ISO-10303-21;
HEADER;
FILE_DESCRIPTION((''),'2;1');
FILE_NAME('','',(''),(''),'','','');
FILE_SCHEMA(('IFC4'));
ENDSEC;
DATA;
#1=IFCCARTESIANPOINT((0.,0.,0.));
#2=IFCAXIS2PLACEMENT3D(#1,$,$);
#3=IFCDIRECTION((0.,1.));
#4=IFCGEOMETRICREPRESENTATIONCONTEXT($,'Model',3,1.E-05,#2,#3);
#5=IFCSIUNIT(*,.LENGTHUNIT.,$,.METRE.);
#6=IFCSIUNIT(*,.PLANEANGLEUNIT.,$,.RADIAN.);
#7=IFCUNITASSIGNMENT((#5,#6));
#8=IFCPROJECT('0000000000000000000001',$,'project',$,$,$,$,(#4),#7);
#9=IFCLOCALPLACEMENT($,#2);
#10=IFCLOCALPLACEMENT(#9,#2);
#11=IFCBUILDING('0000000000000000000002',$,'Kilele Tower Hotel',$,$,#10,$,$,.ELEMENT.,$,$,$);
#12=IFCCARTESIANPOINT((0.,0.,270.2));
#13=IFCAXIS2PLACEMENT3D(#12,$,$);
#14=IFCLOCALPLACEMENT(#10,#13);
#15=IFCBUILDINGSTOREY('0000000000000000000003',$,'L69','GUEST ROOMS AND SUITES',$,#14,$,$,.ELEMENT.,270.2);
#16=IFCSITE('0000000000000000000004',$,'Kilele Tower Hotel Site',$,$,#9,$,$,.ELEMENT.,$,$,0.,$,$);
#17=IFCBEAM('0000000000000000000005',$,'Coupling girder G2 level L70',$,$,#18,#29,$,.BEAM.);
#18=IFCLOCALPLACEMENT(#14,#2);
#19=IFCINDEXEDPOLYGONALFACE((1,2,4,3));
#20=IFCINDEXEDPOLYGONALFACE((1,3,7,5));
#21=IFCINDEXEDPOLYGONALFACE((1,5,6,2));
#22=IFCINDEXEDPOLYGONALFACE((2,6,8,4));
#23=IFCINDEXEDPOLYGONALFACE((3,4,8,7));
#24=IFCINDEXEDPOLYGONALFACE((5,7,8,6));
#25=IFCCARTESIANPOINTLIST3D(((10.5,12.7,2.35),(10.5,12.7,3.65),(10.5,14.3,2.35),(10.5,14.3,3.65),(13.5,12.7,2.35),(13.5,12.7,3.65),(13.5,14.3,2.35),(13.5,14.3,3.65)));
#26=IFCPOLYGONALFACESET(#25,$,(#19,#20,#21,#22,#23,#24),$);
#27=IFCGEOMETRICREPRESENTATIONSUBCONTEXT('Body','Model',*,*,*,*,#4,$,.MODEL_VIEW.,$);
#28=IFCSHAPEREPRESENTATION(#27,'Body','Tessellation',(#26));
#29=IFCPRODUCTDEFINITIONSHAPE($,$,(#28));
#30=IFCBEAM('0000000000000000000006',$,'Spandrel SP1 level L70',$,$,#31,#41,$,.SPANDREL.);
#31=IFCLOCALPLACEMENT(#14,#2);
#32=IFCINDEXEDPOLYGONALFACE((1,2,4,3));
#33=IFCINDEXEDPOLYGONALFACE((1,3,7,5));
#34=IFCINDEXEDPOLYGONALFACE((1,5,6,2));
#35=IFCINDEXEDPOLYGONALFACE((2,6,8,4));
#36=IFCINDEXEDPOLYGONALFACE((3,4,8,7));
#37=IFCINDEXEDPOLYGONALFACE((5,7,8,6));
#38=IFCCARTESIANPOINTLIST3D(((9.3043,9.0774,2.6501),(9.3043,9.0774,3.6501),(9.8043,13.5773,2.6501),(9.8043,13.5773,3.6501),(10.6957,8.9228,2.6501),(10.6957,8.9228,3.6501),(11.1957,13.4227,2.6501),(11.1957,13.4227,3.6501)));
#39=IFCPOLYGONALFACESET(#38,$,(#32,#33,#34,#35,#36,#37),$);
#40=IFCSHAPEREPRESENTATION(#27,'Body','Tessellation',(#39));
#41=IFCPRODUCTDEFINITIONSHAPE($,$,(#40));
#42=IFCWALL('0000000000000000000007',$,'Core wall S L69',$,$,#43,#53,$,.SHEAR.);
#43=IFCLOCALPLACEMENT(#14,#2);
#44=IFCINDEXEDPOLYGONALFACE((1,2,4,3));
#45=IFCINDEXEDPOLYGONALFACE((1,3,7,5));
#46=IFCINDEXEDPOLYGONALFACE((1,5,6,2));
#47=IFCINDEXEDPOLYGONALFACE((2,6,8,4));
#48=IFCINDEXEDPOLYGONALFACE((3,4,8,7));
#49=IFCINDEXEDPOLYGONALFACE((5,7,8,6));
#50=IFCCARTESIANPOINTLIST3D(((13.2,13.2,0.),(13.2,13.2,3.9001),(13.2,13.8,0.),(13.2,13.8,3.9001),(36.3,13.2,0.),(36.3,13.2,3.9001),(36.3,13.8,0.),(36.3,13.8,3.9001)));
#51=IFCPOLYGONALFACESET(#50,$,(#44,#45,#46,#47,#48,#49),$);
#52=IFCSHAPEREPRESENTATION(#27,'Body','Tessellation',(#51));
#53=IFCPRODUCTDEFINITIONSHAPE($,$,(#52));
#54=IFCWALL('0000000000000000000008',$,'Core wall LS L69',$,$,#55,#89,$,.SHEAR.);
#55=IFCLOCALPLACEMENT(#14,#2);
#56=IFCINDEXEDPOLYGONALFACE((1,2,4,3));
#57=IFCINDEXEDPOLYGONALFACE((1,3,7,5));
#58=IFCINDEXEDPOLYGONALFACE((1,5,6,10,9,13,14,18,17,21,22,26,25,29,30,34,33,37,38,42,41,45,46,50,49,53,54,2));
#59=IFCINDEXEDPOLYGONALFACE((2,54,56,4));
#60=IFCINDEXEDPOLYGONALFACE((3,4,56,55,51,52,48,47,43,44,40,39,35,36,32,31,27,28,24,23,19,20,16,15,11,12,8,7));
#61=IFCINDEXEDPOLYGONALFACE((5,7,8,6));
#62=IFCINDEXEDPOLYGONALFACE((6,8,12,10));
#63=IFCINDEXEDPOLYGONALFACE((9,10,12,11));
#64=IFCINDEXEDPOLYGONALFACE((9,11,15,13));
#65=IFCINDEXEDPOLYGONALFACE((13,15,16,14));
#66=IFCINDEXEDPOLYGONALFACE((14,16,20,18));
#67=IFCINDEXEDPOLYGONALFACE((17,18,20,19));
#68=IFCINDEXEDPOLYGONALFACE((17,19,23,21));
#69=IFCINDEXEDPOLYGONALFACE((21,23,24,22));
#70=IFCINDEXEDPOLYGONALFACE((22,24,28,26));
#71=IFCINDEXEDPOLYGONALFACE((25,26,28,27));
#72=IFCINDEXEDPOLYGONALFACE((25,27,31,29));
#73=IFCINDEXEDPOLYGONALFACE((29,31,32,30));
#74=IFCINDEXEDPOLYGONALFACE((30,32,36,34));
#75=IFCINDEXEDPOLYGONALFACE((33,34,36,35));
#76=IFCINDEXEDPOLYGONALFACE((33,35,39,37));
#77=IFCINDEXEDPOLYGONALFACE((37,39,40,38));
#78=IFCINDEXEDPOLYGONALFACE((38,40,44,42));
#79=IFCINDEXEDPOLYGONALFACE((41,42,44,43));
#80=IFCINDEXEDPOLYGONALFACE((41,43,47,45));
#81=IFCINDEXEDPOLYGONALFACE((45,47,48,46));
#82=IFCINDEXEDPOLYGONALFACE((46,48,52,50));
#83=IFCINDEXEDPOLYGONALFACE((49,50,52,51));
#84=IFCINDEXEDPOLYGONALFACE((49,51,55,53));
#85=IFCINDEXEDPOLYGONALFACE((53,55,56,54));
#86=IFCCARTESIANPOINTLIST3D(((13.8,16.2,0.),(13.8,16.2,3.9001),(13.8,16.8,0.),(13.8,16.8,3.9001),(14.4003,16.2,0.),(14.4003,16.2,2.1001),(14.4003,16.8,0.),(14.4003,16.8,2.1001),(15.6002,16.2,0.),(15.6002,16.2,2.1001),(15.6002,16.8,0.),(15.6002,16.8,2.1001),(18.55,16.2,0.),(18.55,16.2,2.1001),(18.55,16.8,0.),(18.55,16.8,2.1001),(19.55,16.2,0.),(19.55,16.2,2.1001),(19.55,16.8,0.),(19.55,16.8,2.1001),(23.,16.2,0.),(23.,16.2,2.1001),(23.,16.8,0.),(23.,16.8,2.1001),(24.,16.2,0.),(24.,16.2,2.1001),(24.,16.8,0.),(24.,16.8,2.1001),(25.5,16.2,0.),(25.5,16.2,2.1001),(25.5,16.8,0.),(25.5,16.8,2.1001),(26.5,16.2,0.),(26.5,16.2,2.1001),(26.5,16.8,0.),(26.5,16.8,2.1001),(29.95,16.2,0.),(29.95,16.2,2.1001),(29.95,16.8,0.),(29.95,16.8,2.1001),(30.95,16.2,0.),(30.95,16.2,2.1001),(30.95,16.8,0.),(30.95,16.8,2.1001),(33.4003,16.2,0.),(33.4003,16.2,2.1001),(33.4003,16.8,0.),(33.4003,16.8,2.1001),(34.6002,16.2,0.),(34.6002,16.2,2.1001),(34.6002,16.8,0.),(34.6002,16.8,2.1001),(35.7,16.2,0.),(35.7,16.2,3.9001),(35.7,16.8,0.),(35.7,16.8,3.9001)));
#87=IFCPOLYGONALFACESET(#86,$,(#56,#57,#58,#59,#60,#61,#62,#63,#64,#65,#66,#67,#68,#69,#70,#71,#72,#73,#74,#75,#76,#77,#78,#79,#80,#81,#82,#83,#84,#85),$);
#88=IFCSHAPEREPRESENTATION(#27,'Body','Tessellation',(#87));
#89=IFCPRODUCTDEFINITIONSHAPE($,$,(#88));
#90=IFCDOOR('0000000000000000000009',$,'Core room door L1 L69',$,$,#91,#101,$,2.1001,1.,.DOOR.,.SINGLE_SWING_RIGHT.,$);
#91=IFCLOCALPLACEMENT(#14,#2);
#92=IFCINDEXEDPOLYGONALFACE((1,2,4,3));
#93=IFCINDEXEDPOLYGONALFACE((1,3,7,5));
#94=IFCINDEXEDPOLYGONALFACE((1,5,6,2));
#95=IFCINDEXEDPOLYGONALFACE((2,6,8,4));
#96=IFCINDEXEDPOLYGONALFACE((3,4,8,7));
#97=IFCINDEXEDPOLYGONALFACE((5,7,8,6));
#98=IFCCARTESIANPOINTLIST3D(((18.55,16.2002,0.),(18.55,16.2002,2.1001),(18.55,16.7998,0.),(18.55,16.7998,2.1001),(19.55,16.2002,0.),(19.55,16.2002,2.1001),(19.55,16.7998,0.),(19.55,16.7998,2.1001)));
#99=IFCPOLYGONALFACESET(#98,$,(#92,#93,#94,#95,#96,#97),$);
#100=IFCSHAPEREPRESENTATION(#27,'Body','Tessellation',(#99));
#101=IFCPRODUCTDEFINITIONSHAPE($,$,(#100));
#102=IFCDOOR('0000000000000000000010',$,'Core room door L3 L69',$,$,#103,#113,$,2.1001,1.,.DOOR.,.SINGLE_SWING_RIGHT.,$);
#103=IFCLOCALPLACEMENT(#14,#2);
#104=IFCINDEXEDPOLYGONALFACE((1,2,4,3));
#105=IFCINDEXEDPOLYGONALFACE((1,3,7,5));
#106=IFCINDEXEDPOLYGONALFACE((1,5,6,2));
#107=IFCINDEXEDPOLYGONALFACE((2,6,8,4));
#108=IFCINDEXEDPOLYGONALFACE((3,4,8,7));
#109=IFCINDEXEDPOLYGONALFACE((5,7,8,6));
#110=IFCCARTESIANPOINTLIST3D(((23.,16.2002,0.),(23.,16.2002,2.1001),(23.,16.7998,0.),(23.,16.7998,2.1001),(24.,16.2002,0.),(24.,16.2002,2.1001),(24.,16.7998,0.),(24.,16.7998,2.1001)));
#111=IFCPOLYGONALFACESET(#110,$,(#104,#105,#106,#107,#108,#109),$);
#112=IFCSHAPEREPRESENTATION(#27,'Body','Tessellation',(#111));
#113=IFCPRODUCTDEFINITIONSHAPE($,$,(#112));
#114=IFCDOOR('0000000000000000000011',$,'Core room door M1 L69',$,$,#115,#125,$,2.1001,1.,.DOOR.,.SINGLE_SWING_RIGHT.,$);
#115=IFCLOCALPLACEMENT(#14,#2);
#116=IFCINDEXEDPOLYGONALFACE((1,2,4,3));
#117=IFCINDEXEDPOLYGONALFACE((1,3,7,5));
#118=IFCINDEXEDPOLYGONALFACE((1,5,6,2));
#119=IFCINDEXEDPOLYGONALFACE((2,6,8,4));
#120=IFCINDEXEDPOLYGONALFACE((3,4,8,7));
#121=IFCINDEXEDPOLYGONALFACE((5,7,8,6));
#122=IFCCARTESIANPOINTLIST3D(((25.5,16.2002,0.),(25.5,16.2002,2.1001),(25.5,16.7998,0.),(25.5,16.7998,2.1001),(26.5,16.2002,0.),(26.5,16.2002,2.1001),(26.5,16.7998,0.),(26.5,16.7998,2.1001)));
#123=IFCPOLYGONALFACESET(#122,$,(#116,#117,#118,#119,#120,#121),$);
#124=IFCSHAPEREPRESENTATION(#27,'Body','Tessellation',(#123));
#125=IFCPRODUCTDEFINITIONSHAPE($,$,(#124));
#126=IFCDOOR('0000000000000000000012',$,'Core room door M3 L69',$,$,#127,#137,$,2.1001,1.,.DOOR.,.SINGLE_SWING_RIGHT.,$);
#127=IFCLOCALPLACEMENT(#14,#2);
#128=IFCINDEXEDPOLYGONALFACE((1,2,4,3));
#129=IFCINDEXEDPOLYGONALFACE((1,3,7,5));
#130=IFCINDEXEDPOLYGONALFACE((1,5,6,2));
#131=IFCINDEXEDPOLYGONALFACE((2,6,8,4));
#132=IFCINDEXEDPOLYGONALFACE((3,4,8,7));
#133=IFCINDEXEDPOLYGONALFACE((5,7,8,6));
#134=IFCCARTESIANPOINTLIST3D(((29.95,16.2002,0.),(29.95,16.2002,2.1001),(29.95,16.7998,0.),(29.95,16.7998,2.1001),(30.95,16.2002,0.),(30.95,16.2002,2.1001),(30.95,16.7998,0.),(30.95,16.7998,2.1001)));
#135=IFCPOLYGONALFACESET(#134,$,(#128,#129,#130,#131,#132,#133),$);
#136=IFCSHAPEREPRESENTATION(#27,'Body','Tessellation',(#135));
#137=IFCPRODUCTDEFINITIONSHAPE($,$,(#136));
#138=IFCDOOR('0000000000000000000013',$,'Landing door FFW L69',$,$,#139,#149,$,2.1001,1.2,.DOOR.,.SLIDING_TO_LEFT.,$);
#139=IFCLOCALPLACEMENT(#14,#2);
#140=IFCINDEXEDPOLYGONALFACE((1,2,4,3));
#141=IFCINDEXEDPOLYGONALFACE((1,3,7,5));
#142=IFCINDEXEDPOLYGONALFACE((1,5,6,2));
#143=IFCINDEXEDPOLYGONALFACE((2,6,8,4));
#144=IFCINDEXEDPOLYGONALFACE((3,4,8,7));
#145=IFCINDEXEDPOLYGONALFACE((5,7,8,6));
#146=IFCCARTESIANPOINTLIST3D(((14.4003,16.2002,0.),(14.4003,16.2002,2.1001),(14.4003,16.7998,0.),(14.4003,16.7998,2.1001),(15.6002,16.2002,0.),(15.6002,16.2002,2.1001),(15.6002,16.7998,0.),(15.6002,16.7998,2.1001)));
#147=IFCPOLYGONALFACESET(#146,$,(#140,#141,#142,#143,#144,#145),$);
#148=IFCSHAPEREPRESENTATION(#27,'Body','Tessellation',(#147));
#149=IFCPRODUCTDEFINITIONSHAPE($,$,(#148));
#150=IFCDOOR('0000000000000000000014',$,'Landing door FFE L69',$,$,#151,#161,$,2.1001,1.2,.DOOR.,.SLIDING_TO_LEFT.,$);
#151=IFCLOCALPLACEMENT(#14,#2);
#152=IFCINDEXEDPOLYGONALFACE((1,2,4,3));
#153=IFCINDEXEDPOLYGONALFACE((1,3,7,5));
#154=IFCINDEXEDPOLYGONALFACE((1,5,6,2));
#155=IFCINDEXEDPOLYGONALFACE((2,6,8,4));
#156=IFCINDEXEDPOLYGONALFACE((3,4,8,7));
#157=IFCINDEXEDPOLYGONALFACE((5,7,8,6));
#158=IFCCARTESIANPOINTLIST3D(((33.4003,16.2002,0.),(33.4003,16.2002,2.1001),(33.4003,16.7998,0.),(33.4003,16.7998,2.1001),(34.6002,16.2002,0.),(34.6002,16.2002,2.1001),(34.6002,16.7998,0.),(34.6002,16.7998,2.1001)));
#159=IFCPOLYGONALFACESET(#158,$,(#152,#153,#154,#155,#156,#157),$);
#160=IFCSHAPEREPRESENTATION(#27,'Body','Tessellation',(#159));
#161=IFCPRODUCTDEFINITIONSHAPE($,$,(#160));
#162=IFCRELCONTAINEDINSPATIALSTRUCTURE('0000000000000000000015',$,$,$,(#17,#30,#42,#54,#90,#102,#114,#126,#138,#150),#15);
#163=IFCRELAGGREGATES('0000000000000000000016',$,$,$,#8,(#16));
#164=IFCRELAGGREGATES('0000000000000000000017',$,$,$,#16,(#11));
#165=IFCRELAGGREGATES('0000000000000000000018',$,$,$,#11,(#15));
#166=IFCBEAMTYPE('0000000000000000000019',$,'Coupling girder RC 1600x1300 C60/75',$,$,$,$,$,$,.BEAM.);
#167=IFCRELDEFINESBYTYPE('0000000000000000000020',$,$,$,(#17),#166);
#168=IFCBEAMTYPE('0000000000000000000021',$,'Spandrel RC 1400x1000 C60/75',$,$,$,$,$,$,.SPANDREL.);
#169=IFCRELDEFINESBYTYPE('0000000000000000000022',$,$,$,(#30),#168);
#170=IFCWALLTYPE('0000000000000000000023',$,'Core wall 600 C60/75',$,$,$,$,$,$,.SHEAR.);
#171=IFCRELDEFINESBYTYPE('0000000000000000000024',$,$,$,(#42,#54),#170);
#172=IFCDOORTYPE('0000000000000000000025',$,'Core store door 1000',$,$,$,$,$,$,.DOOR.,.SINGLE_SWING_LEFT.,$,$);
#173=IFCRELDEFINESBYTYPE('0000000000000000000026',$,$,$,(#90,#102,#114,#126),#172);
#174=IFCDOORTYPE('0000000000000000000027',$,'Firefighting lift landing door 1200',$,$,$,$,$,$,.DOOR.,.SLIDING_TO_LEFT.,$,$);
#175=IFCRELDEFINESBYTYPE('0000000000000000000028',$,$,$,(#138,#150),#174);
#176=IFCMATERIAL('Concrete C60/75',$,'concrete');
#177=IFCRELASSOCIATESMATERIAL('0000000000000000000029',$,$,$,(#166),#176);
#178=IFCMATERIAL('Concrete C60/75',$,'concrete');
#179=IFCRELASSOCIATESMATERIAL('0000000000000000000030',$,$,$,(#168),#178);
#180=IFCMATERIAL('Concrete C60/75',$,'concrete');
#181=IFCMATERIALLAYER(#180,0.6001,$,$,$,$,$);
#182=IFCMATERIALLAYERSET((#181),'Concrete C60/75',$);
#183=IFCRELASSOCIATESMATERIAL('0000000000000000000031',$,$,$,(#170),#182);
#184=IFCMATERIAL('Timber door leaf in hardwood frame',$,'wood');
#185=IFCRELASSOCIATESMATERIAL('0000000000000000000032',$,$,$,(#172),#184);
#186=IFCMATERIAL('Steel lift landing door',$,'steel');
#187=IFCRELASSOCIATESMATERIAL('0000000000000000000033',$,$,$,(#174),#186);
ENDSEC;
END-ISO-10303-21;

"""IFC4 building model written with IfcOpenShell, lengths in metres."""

from ifc_helpers import new_model, si_unit, direction, frame, frame_2d, origin, origin_2d, place, context, subcontext, project, spatial, rectangle, extrude, material, layer, layer_set, material_profile, profile_set, type_object, element, fill, save


model = new_model("IFC4")

# Units and contexts
model_context = context("Model", 3, precision=1e-05, world=origin(), true_north=direction((0.0, 1.0)))
body_context = subcontext(model_context, "Body", "Model", "MODEL_VIEW")
ifc_project = project(units=[si_unit("LENGTHUNIT", "METRE"), si_unit("PLANEANGLEUNIT", "RADIAN")], contexts=[model_context])

# Site, building, storey
site_placement = place(None, origin())
site = spatial("IfcSite", under=ifc_project, at=site_placement, Name="Kilele Tower Hotel Site", CompositionType="ELEMENT", RefElevation=0.0)
building_placement = place(site_placement, origin())
building = spatial("IfcBuilding", under=site, at=building_placement, Name="Kilele Tower Hotel", CompositionType="ELEMENT")
storey_placement = place(building_placement, frame((0.0, 0.0, 270.2)))
storey = spatial("IfcBuildingStorey", under=building, at=storey_placement, Name="L69", Description="GUEST ROOMS AND SUITES", CompositionType="ELEMENT", Elevation=270.2)

# Beams
ifc_material_1 = material(Name="Concrete C60/75", Category="concrete")
ifc_material_profile_1 = material_profile(ifc_material_1, rectangle(XDim=1.6001, YDim=1.3, at=origin_2d()))
ifc_profile_set_1 = profile_set([ifc_material_profile_1], Name="Concrete C60/75")
beam_type_1 = type_object("IfcBeamType", Name="Coupling girder RC 1600x1300 C60/75", PredefinedType="BEAM", material=ifc_profile_set_1)
beam_1_placement = place(storey_placement, frame((10.5, 13.5, 3.0), z_axis=(1.0, 0.0, 0.0), x_axis=(0.0, 1.0, 0.0)))
element("IfcBeam", 1, at=beam_1_placement, inside=storey, type_object=beam_type_1, Name="Coupling girder G2 level L70", PredefinedType="BEAM", context=body_context, shape_type="SweptSolid", body=[
    extrude(rectangle(XDim=1.6001, YDim=1.3, at=origin_2d()), origin(), (0.0, 0.0, 1.0), 3.0),
])
ifc_material_2 = material(Name="Concrete C60/75", Category="concrete")
ifc_material_profile_2 = material_profile(ifc_material_2, rectangle(XDim=1.3999, YDim=1.0, at=origin_2d()))
ifc_profile_set_2 = profile_set([ifc_material_profile_2], Name="Concrete C60/75")
beam_type_2 = type_object("IfcBeamType", Name="Spandrel RC 1400x1000 C60/75", PredefinedType="SPANDREL", material=ifc_profile_set_2)
beam_2_placement = place(storey_placement, frame((10.5, 13.5, 3.1501), z_axis=(-0.110432, -0.993884, 0.0), x_axis=(0.993884, -0.110432, 0.0)))
element("IfcBeam", 2, at=beam_2_placement, inside=storey, type_object=beam_type_2, Name="Spandrel SP1 level L70", PredefinedType="SPANDREL", context=body_context, shape_type="SweptSolid", body=[
    extrude(rectangle(XDim=1.3999, YDim=1.0, at=origin_2d()), origin(), (0.0, 0.0, 1.0), 4.5276),
])

# Wall
ifc_material_3 = material(Name="Concrete C60/75", Category="concrete")
ifc_layer = layer(ifc_material_3, 0.6001)
ifc_layer_set = layer_set([ifc_layer], Name="Concrete C60/75")
wall_type = type_object("IfcWallType", Name="Core wall 600 C60/75", PredefinedType="SHEAR", material=ifc_layer_set)
wall_1_placement = place(storey_placement, frame((13.2, 13.5, 0.0), z_axis=(0.0, 0.0, 1.0), x_axis=(1.0, 0.0, 0.0)))
element("IfcWall", 3, at=wall_1_placement, inside=storey, type_object=wall_type, Name="Core wall S L69", PredefinedType="SHEAR", context=body_context, shape_type="SweptSolid", body=[
    extrude(rectangle(XDim=23.1001, YDim=0.6001, at=frame_2d((11.55, 0.0))), origin(), (0.0, 0.0, 1.0), 3.9001),
])

# Wall, openings, doors
wall_2_placement = place(storey_placement, frame((13.8, 16.5, 0.0), z_axis=(0.0, 0.0, 1.0), x_axis=(1.0, 0.0, 0.0)))
wall_2 = element("IfcWall", 4, at=wall_2_placement, inside=storey, type_object=wall_type, Name="Core wall LS L69", PredefinedType="SHEAR", context=body_context, shape_type="SweptSolid", body=[
    extrude(rectangle(XDim=21.8999, YDim=0.6001, at=frame_2d((10.95, 0.0))), origin(), (0.0, 0.0, 1.0), 3.9001),
])
opening_1_placement = place(wall_2_placement, frame((5.75, 0.0, 0.0), z_axis=(0.0, 0.0, 1.0), x_axis=(-1.0, 0.0, 0.0)))
opening_1 = element("IfcOpeningElement", 5, at=opening_1_placement, cuts=wall_2, PredefinedType="OPENING", context=body_context, shape_type="SweptSolid", body=[
    extrude(rectangle(XDim=1.0, YDim=2.1001, at=frame_2d((0.5, 1.05))), frame((0.0, 0.3101, 0.0), z_axis=(0.0, -1.0, 0.0), x_axis=(1.0, 0.0, 0.0)), (0.0, 0.0, 1.0), 0.6201),
])
opening_2_placement = place(wall_2_placement, frame((10.2, 0.0, 0.0), z_axis=(0.0, 0.0, 1.0), x_axis=(-1.0, 0.0, 0.0)))
opening_2 = element("IfcOpeningElement", 6, at=opening_2_placement, cuts=wall_2, PredefinedType="OPENING", context=body_context, shape_type="SweptSolid", body=[
    extrude(rectangle(XDim=1.0, YDim=2.1001, at=frame_2d((0.5, 1.05))), frame((0.0, 0.3101, 0.0), z_axis=(0.0, -1.0, 0.0), x_axis=(1.0, 0.0, 0.0)), (0.0, 0.0, 1.0), 0.6201),
])
opening_3_placement = place(wall_2_placement, frame((12.7, 0.0, 0.0), z_axis=(0.0, 0.0, 1.0), x_axis=(-1.0, 0.0, 0.0)))
opening_3 = element("IfcOpeningElement", 7, at=opening_3_placement, cuts=wall_2, PredefinedType="OPENING", context=body_context, shape_type="SweptSolid", body=[
    extrude(rectangle(XDim=1.0, YDim=2.1001, at=frame_2d((0.5, 1.05))), frame((0.0, 0.3101, 0.0), z_axis=(0.0, -1.0, 0.0), x_axis=(1.0, 0.0, 0.0)), (0.0, 0.0, 1.0), 0.6201),
])
opening_4_placement = place(wall_2_placement, frame((17.1499, 0.0, 0.0), z_axis=(0.0, 0.0, 1.0), x_axis=(-1.0, 0.0, 0.0)))
opening_4 = element("IfcOpeningElement", 8, at=opening_4_placement, cuts=wall_2, PredefinedType="OPENING", context=body_context, shape_type="SweptSolid", body=[
    extrude(rectangle(XDim=1.0, YDim=2.1001, at=frame_2d((0.5, 1.05))), frame((0.0, 0.3101, 0.0), z_axis=(0.0, -1.0, 0.0), x_axis=(1.0, 0.0, 0.0)), (0.0, 0.0, 1.0), 0.6201),
])
opening_5_placement = place(wall_2_placement, frame((0.6001, 0.0, 0.0)))
opening_5 = element("IfcOpeningElement", 9, at=opening_5_placement, cuts=wall_2, PredefinedType="OPENING", context=body_context, shape_type="SweptSolid", body=[
    extrude(rectangle(XDim=1.2, YDim=2.1001, at=frame_2d((0.6001, 1.05))), frame((0.0, 0.3101, 0.0), z_axis=(0.0, -1.0, 0.0), x_axis=(1.0, 0.0, 0.0)), (0.0, 0.0, 1.0), 0.6201),
])
opening_6_placement = place(wall_2_placement, frame((19.6001, 0.0, 0.0)))
opening_6 = element("IfcOpeningElement", 10, at=opening_6_placement, cuts=wall_2, PredefinedType="OPENING", context=body_context, shape_type="SweptSolid", body=[
    extrude(rectangle(XDim=1.2, YDim=2.1001, at=frame_2d((0.6001, 1.05))), frame((0.0, 0.3101, 0.0), z_axis=(0.0, -1.0, 0.0), x_axis=(1.0, 0.0, 0.0)), (0.0, 0.0, 1.0), 0.6201),
])
ifc_material_4 = material(Name="Timber door leaf in hardwood frame", Category="wood")
door_type_1 = type_object("IfcDoorType", Name="Core store door 1000", OperationType="SINGLE_SWING_LEFT", PredefinedType="DOOR", material=ifc_material_4)
door_1_placement = place(opening_1_placement, origin())
door_1 = element("IfcDoor", 11, at=door_1_placement, inside=storey, type_object=door_type_1, Name="Core room door L1 L69", OperationType="SINGLE_SWING_RIGHT", OverallHeight=2.1001, OverallWidth=1.0, PredefinedType="DOOR", context=body_context, shape_type="SweptSolid", body=[
    extrude(rectangle(XDim=1.0, YDim=2.1001, at=frame_2d((0.5, 1.05))), frame((0.0, 0.2998, 0.0), z_axis=(0.0, -1.0, 0.0), x_axis=(1.0, 0.0, 0.0)), (0.0, 0.0, 1.0), 0.5996),
])
fill(opening_1, door_1)
door_2_placement = place(opening_2_placement, origin())
door_2 = element("IfcDoor", 12, at=door_2_placement, inside=storey, type_object=door_type_1, Name="Core room door L3 L69", OperationType="SINGLE_SWING_RIGHT", OverallHeight=2.1001, OverallWidth=1.0, PredefinedType="DOOR", context=body_context, shape_type="SweptSolid", body=[
    extrude(rectangle(XDim=1.0, YDim=2.1001, at=frame_2d((0.5, 1.05))), frame((0.0, 0.2998, 0.0), z_axis=(0.0, -1.0, 0.0), x_axis=(1.0, 0.0, 0.0)), (0.0, 0.0, 1.0), 0.5996),
])
fill(opening_2, door_2)
door_3_placement = place(opening_3_placement, origin())
door_3 = element("IfcDoor", 13, at=door_3_placement, inside=storey, type_object=door_type_1, Name="Core room door M1 L69", OperationType="SINGLE_SWING_RIGHT", OverallHeight=2.1001, OverallWidth=1.0, PredefinedType="DOOR", context=body_context, shape_type="SweptSolid", body=[
    extrude(rectangle(XDim=1.0, YDim=2.1001, at=frame_2d((0.5, 1.05))), frame((0.0, 0.2998, 0.0), z_axis=(0.0, -1.0, 0.0), x_axis=(1.0, 0.0, 0.0)), (0.0, 0.0, 1.0), 0.5996),
])
fill(opening_3, door_3)
door_4_placement = place(opening_4_placement, origin())
door_4 = element("IfcDoor", 14, at=door_4_placement, inside=storey, type_object=door_type_1, Name="Core room door M3 L69", OperationType="SINGLE_SWING_RIGHT", OverallHeight=2.1001, OverallWidth=1.0, PredefinedType="DOOR", context=body_context, shape_type="SweptSolid", body=[
    extrude(rectangle(XDim=1.0, YDim=2.1001, at=frame_2d((0.5, 1.05))), frame((0.0, 0.2998, 0.0), z_axis=(0.0, -1.0, 0.0), x_axis=(1.0, 0.0, 0.0)), (0.0, 0.0, 1.0), 0.5996),
])
fill(opening_4, door_4)
ifc_material_5 = material(Name="Steel lift landing door", Category="steel")
door_type_2 = type_object("IfcDoorType", Name="Firefighting lift landing door 1200", OperationType="SLIDING_TO_LEFT", PredefinedType="DOOR", material=ifc_material_5)
door_5_placement = place(opening_5_placement, origin())
door_5 = element("IfcDoor", 15, at=door_5_placement, inside=storey, type_object=door_type_2, Name="Landing door FFW L69", OperationType="SLIDING_TO_LEFT", OverallHeight=2.1001, OverallWidth=1.2, PredefinedType="DOOR", context=body_context, shape_type="SweptSolid", body=[
    extrude(rectangle(XDim=1.2, YDim=2.1001, at=frame_2d((0.6001, 1.05))), frame((0.0, 0.2998, 0.0), z_axis=(0.0, -1.0, 0.0), x_axis=(1.0, 0.0, 0.0)), (0.0, 0.0, 1.0), 0.5996),
])
fill(opening_5, door_5)
door_6_placement = place(opening_6_placement, origin())
door_6 = element("IfcDoor", 16, at=door_6_placement, inside=storey, type_object=door_type_2, Name="Landing door FFE L69", OperationType="SLIDING_TO_LEFT", OverallHeight=2.1001, OverallWidth=1.2, PredefinedType="DOOR", context=body_context, shape_type="SweptSolid", body=[
    extrude(rectangle(XDim=1.2, YDim=2.1001, at=frame_2d((0.6001, 1.05))), frame((0.0, 0.2998, 0.0), z_axis=(0.0, -1.0, 0.0), x_axis=(1.0, 0.0, 0.0)), (0.0, 0.0, 1.0), 0.5996),
])
fill(opening_6, door_6)

save(model, "model.ifc")
